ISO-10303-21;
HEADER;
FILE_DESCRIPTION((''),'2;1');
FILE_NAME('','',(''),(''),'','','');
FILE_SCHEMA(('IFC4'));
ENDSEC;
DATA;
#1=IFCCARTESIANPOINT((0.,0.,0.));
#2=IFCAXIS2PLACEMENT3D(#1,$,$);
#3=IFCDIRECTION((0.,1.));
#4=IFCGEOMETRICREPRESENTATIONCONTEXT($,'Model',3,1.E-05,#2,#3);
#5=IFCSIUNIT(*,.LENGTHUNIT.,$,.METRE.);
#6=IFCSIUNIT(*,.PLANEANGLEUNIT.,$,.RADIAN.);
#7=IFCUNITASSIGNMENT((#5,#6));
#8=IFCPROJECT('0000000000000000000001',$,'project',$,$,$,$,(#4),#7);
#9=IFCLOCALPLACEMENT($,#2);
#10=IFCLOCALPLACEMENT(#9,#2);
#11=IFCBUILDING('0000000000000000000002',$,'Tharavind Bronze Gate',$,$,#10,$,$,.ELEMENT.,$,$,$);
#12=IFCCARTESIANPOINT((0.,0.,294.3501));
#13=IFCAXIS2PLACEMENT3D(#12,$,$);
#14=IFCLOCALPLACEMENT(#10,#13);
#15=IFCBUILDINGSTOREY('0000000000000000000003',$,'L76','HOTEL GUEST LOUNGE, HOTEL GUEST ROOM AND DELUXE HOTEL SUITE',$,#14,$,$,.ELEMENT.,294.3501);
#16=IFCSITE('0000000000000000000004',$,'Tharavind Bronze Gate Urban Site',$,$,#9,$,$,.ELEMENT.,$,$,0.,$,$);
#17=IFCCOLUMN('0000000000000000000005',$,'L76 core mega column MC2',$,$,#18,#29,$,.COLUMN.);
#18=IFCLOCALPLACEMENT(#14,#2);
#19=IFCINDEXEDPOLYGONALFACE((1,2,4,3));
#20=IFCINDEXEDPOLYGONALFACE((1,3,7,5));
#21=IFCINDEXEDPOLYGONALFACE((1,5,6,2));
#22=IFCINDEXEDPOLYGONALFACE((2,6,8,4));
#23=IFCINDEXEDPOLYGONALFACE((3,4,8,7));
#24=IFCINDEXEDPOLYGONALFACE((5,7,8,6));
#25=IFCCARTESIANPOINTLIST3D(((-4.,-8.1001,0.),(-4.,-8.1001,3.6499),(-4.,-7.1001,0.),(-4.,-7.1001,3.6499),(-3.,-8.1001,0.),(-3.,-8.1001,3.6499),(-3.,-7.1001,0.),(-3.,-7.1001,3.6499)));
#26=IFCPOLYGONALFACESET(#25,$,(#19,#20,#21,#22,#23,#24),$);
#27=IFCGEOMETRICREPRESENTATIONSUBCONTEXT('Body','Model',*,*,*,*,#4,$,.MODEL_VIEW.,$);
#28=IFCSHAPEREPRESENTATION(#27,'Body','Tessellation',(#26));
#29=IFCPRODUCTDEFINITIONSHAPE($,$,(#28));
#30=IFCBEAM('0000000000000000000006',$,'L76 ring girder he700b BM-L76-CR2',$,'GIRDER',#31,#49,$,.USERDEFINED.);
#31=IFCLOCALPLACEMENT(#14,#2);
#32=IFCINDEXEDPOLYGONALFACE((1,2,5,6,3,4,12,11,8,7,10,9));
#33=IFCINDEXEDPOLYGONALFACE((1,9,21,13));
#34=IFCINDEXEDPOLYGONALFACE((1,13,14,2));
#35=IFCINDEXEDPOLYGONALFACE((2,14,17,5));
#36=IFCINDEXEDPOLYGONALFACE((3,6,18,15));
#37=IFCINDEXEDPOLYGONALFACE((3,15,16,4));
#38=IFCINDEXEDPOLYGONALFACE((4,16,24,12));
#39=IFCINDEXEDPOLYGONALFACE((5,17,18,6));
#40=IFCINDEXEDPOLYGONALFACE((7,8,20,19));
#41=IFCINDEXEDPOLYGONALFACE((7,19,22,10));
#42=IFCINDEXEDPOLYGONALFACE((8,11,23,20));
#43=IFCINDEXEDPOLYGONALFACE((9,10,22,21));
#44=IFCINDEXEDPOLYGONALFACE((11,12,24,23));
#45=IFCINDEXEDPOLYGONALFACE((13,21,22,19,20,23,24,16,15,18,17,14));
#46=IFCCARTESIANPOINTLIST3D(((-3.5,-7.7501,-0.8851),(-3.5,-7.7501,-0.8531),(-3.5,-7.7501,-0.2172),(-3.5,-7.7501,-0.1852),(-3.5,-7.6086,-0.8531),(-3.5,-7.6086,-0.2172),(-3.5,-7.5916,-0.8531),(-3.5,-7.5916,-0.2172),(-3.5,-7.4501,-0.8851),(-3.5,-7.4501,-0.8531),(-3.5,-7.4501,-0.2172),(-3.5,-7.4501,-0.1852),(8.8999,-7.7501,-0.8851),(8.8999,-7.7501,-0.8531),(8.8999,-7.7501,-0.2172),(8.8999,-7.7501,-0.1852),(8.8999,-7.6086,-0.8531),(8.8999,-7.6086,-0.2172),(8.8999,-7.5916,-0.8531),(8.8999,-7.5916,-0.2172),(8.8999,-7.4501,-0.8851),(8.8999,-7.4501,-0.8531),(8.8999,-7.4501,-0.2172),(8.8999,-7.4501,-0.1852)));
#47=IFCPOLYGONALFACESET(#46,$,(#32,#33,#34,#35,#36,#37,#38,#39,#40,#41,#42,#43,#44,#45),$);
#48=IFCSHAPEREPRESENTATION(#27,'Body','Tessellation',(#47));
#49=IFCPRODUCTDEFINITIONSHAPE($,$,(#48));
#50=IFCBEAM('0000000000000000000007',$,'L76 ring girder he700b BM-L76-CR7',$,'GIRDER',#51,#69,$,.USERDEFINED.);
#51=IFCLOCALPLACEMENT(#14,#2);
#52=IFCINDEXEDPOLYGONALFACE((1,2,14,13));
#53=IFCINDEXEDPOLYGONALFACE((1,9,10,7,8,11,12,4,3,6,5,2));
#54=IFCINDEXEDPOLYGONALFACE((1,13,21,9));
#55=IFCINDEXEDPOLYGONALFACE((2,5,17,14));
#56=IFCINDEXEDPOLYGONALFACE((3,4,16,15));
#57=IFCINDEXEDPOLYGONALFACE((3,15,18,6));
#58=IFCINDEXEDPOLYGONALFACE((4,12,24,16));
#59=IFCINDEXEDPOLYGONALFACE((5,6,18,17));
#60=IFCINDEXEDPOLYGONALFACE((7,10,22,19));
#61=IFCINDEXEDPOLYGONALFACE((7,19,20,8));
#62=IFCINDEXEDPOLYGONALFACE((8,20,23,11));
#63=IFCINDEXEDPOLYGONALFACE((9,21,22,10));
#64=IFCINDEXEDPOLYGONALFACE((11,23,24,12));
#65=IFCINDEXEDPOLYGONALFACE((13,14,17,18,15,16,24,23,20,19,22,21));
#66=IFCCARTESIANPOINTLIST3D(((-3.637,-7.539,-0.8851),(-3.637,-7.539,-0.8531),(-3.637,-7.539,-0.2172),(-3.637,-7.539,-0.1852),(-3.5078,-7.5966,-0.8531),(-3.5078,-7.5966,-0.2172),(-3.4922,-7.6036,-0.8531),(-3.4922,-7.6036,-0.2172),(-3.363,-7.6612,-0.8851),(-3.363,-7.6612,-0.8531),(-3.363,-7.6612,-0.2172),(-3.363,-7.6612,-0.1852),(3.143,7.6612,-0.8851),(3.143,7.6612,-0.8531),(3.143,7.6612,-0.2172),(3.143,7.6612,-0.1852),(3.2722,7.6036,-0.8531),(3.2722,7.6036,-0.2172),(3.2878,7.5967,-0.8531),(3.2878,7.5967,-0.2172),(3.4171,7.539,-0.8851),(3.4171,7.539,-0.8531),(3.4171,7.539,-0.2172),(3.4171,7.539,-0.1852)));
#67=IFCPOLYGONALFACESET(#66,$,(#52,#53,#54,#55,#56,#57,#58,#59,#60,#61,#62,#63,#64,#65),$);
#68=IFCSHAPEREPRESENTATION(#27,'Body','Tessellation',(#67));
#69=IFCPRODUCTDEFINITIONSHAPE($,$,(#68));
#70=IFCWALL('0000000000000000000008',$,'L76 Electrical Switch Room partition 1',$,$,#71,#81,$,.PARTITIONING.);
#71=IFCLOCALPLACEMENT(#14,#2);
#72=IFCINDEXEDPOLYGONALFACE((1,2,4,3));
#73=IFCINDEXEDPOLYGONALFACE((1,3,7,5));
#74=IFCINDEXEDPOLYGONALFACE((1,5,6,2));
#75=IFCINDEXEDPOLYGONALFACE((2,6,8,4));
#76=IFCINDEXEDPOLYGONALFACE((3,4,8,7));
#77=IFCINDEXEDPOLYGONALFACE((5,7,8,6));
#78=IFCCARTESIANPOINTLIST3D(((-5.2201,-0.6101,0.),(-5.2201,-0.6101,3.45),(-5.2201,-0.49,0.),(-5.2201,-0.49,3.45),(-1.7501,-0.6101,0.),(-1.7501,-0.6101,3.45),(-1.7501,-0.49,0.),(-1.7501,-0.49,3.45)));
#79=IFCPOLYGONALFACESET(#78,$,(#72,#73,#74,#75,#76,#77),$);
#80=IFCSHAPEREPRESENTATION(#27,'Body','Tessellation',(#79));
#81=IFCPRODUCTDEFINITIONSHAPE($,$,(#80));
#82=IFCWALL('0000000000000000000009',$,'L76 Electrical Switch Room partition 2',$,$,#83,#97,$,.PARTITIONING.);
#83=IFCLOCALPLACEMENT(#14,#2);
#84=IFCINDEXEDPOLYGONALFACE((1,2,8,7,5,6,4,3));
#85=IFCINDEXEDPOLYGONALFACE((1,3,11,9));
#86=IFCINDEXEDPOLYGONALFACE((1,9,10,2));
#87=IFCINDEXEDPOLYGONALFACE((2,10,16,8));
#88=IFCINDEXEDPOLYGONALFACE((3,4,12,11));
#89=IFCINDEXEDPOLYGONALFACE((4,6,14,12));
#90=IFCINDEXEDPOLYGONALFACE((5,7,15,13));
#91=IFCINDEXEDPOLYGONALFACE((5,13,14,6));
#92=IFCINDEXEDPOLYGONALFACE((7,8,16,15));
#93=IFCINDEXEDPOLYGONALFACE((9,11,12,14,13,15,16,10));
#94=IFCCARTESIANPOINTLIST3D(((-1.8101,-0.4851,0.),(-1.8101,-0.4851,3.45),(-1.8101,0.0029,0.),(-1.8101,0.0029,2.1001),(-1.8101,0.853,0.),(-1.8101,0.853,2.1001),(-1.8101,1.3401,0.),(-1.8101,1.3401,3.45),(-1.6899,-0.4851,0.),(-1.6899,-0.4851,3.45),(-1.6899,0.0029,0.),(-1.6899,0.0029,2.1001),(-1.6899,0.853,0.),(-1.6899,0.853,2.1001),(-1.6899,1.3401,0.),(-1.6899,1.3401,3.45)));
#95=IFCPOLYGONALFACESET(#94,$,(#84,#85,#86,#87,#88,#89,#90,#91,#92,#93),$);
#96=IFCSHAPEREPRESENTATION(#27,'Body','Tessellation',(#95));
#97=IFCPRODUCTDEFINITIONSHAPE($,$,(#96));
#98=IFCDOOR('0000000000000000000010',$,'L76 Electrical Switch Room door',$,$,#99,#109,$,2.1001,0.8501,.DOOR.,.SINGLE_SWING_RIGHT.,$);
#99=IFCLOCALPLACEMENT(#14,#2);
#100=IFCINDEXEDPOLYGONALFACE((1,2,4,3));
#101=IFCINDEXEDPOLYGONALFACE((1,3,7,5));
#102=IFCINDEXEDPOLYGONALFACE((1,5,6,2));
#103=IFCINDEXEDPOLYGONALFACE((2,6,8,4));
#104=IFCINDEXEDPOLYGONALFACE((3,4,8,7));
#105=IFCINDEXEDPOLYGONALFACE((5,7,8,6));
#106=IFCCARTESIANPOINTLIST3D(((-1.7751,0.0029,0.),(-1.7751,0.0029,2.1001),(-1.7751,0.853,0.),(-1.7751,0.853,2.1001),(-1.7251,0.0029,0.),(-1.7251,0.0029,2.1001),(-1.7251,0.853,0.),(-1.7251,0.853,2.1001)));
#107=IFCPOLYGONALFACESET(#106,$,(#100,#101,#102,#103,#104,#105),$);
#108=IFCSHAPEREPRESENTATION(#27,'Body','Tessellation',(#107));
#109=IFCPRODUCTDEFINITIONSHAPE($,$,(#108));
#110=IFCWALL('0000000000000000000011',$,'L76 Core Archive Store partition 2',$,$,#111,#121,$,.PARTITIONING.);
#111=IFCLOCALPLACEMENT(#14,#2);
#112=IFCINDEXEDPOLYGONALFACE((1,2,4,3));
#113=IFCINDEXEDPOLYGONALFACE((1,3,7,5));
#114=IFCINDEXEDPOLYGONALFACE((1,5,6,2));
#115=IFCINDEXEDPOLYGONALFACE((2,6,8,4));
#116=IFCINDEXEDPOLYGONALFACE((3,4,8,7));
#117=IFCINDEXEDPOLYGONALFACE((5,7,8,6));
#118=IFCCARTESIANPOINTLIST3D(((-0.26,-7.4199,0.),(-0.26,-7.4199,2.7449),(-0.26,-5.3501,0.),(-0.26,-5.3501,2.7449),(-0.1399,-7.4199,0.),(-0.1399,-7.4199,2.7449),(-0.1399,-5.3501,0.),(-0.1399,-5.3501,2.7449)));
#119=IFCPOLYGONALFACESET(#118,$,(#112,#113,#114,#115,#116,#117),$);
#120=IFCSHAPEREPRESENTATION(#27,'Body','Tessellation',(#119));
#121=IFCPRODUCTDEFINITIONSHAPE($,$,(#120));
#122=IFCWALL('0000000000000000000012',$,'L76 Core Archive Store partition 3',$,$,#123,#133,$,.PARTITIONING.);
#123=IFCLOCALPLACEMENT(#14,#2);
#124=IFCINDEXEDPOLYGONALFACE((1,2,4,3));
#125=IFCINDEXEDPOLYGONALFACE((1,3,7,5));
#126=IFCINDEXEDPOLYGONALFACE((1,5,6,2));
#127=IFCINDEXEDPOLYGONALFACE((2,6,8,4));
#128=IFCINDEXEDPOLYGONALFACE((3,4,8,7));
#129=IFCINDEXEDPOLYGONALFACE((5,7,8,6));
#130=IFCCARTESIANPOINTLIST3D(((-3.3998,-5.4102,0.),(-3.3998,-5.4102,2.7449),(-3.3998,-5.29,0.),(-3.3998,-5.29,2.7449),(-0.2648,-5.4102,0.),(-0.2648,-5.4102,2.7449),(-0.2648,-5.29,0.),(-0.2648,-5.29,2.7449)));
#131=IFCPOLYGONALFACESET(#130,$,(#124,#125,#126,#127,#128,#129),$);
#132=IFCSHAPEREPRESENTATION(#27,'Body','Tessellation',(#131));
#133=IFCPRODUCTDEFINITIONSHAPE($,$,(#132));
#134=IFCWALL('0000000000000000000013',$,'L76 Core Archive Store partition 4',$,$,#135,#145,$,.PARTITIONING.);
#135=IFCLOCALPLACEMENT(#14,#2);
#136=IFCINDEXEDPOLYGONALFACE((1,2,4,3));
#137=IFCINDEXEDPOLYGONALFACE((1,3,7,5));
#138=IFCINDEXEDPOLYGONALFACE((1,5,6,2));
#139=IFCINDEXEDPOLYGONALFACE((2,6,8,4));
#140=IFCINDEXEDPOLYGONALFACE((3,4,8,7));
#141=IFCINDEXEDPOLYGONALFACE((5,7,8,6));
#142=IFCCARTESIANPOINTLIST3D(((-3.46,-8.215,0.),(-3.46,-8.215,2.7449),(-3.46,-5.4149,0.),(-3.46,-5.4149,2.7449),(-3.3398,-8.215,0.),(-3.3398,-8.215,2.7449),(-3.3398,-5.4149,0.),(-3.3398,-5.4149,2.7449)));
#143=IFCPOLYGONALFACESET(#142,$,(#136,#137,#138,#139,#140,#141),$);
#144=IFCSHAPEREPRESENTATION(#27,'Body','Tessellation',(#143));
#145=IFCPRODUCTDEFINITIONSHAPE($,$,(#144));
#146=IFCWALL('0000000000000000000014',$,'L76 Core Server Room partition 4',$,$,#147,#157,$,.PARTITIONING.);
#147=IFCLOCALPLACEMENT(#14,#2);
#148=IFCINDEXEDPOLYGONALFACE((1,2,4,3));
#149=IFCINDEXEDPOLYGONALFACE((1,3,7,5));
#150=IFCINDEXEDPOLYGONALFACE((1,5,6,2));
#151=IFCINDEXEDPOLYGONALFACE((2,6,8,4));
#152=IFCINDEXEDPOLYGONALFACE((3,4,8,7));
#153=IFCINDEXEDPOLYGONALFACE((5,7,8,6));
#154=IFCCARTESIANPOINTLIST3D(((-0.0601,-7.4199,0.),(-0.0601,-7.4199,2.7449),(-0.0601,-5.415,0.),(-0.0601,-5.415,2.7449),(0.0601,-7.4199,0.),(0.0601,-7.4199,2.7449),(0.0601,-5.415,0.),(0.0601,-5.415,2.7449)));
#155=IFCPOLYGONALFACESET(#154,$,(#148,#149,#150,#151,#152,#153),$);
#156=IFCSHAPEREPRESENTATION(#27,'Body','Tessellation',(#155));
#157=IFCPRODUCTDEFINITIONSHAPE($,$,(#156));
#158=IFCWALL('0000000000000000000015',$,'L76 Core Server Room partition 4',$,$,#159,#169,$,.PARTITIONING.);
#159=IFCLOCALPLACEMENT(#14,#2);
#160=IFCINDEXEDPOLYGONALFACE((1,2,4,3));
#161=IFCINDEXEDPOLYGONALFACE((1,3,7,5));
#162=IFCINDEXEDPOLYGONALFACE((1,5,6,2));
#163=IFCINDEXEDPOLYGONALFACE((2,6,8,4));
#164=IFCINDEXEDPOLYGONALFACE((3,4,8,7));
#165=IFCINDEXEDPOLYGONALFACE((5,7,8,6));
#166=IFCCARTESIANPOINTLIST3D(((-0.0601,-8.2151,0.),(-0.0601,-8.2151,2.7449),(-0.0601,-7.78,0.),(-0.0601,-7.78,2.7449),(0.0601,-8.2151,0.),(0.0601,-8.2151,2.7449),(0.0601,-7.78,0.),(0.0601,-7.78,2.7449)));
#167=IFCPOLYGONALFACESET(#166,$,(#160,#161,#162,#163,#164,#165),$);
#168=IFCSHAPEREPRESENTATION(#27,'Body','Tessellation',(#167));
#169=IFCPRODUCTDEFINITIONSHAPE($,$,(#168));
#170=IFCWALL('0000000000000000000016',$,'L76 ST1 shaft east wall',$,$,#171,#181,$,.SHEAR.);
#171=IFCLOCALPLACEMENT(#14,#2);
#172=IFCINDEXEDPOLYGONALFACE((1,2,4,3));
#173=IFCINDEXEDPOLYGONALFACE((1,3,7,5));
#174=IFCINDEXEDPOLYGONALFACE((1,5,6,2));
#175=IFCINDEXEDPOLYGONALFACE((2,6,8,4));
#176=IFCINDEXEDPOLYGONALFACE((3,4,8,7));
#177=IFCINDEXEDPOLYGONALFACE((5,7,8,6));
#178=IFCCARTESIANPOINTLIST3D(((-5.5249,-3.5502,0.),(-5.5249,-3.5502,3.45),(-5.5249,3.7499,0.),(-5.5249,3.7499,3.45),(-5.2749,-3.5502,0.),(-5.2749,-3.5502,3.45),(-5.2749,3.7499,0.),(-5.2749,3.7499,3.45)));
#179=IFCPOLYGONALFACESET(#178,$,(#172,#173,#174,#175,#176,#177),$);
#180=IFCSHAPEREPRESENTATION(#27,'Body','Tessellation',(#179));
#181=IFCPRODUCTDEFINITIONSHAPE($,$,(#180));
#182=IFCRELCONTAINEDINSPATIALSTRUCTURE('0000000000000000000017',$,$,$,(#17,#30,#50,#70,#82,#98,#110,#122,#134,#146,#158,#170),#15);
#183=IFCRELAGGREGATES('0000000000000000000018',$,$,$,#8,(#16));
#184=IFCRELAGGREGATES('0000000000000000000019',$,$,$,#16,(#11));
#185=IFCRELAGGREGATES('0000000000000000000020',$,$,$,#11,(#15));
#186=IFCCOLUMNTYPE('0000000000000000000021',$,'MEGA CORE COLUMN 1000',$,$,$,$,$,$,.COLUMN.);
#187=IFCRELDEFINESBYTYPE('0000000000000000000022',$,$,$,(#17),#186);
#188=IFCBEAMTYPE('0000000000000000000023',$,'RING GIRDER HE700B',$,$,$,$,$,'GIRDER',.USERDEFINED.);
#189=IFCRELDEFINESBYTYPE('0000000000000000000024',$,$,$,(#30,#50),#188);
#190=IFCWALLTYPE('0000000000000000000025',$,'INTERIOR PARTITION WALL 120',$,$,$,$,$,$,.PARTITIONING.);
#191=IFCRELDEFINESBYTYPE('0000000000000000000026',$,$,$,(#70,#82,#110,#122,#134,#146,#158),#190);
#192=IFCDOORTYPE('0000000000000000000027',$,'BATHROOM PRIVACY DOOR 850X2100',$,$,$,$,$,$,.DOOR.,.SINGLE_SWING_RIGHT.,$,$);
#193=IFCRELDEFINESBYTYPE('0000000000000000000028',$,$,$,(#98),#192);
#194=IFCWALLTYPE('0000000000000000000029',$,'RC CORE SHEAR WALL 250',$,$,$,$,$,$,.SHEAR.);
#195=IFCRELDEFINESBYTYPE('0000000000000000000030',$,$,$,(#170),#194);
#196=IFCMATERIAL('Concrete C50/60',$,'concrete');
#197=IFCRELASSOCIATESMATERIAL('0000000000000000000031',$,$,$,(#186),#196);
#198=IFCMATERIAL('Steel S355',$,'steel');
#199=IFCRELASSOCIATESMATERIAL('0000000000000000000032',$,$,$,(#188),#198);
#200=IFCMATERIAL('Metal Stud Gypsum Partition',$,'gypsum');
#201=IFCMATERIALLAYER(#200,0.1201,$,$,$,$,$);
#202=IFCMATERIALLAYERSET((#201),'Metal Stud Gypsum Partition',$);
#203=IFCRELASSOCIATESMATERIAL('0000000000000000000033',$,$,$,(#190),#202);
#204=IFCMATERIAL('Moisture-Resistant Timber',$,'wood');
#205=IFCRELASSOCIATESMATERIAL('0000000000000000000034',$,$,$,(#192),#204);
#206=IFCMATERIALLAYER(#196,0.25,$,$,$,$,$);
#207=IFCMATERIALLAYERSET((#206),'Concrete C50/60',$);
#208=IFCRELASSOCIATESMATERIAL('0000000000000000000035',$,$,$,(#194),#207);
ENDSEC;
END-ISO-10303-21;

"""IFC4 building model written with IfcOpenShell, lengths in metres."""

from ifc_helpers import new_model, si_unit, direction, frame, frame_2d, origin, origin_2d, place, context, subcontext, project, spatial, rectangle, i_section, extrude, material, layer, layer_set, material_profile, profile_set, type_object, element, fill, save


model = new_model("IFC4")

# Units and contexts
model_context = context("Model", 3, precision=1e-05, world=origin(), true_north=direction((0.0, 1.0)))
body_context = subcontext(model_context, "Body", "Model", "MODEL_VIEW")
ifc_project = project(units=[si_unit("LENGTHUNIT", "METRE"), si_unit("PLANEANGLEUNIT", "RADIAN")], contexts=[model_context])

# Site, building, storey
site_placement = place(None, origin())
site = spatial("IfcSite", under=ifc_project, at=site_placement, Name="Tharavind Bronze Gate Urban Site", CompositionType="ELEMENT", RefElevation=0.0)
building_placement = place(site_placement, origin())
building = spatial("IfcBuilding", under=site, at=building_placement, Name="Tharavind Bronze Gate", CompositionType="ELEMENT")
storey_placement = place(building_placement, frame((0.0, 0.0, 294.3501)))
storey = spatial("IfcBuildingStorey", under=building, at=storey_placement, Name="L76", Description="HOTEL GUEST LOUNGE, HOTEL GUEST ROOM AND DELUXE HOTEL SUITE", CompositionType="ELEMENT", Elevation=294.3501)

# Column
ifc_material_1 = material(Name="Concrete C50/60", Category="concrete")
ifc_material_profile_1 = material_profile(ifc_material_1, rectangle(XDim=1.0, YDim=1.0, at=origin_2d()), Name="RCCOL1000")
ifc_profile_set_1 = profile_set([ifc_material_profile_1], Name="Concrete C50/60")
column_type = type_object("IfcColumnType", Name="MEGA CORE COLUMN 1000", PredefinedType="COLUMN", material=ifc_profile_set_1)
column_placement = place(storey_placement, frame((-3.5, -7.6001, 0.0), z_axis=(0.0, 0.0, 1.0), x_axis=(1.0, 0.0, 0.0)))
element("IfcColumn", 1, at=column_placement, inside=storey, type_object=column_type, Name="L76 core mega column MC2", PredefinedType="COLUMN", context=body_context, shape_type="SweptSolid", body=[
    extrude(rectangle(XDim=1.0, YDim=1.0, at=origin_2d()), origin(), (0.0, 0.0, 1.0), 3.6499),
])

# Beams
ifc_material_2 = material(Name="Steel S355", Category="steel")
ifc_material_profile_2 = material_profile(ifc_material_2, i_section(OverallWidth=0.3, OverallDepth=0.7, WebThickness=0.0171, FlangeThickness=0.032, at=origin_2d()), Name="HE700B")
ifc_profile_set_2 = profile_set([ifc_material_profile_2], Name="Steel S355")
beam_type = type_object("IfcBeamType", Name="RING GIRDER HE700B", ElementType="GIRDER", PredefinedType="USERDEFINED", material=ifc_profile_set_2)
beam_1_placement = place(storey_placement, frame((-3.5, -7.6001, -0.5352), z_axis=(1.0, 0.0, 0.0), x_axis=(0.0, 1.0, 0.0)))
element("IfcBeam", 2, at=beam_1_placement, inside=storey, type_object=beam_type, Name="L76 ring girder he700b BM-L76-CR2", ObjectType="GIRDER", PredefinedType="USERDEFINED", context=body_context, shape_type="SweptSolid", body=[
    extrude(i_section(OverallWidth=0.3, OverallDepth=0.7, WebThickness=0.0171, FlangeThickness=0.032, at=origin_2d()), origin(), (0.0, 0.0, 1.0), 12.3999),
])
beam_2_placement = place(storey_placement, frame((-3.5, -7.6001, -0.5352), z_axis=(0.407362, 0.913267, 0.0), x_axis=(-0.913267, 0.407362, 0.0)))
element("IfcBeam", 3, at=beam_2_placement, inside=storey, type_object=beam_type, Name="L76 ring girder he700b BM-L76-CR7", ObjectType="GIRDER", PredefinedType="USERDEFINED", context=body_context, shape_type="SweptSolid", body=[
    extrude(i_section(OverallWidth=0.3, OverallDepth=0.7, WebThickness=0.0171, FlangeThickness=0.032, at=origin_2d()), origin(), (0.0, 0.0, 1.0), 16.6438),
])

# Wall
ifc_material_3 = material(Name="Metal Stud Gypsum Partition", Category="gypsum")
ifc_layer_1 = layer(ifc_material_3, 0.1201)
ifc_layer_set_1 = layer_set([ifc_layer_1], Name="Metal Stud Gypsum Partition")
wall_type_1 = type_object("IfcWallType", Name="INTERIOR PARTITION WALL 120", PredefinedType="PARTITIONING", material=ifc_layer_set_1)
wall_1_placement = place(storey_placement, frame((-5.22, -0.55, 0.0), z_axis=(0.0, 0.0, 1.0), x_axis=(1.0, 0.0, 0.0)))
element("IfcWall", 4, at=wall_1_placement, inside=storey, type_object=wall_type_1, Name="L76 Electrical Switch Room partition 1", PredefinedType="PARTITIONING", context=body_context, shape_type="SweptSolid", body=[
    extrude(rectangle(XDim=3.47, YDim=0.1201, at=frame_2d((1.7349, 0.0))), origin(), (0.0, 0.0, 1.0), 3.45),
])

# Wall, opening, door
wall_2_placement = place(storey_placement, frame((-1.75, -0.4851, 0.0), z_axis=(0.0, 0.0, 1.0), x_axis=(0.0, 1.0, 0.0)))
wall_2 = element("IfcWall", 5, at=wall_2_placement, inside=storey, type_object=wall_type_1, Name="L76 Electrical Switch Room partition 2", PredefinedType="PARTITIONING", context=body_context, shape_type="SweptSolid", body=[
    extrude(rectangle(XDim=1.8252, YDim=0.1201, at=frame_2d((0.9126, 0.0))), origin(), (0.0, 0.0, 1.0), 3.45),
])
opening_1_placement = place(wall_2_placement, frame((0.488, 0.0, 0.0)))
opening_1 = element("IfcOpeningElement", 6, at=opening_1_placement, cuts=wall_2, PredefinedType="OPENING", context=body_context, shape_type="SweptSolid", body=[
    extrude(rectangle(XDim=0.8501, YDim=2.1001, at=frame_2d((0.425, 1.05))), frame((0.0, 0.0701, 0.0), z_axis=(0.0, -1.0, 0.0), x_axis=(1.0, 0.0, 0.0)), (0.0, 0.0, 1.0), 0.1401),
])
ifc_material_4 = material(Name="Moisture-Resistant Timber", Category="wood")
door_type_1 = type_object("IfcDoorType", Name="BATHROOM PRIVACY DOOR 850X2100", OperationType="SINGLE_SWING_RIGHT", PredefinedType="DOOR", material=ifc_material_4)
door_1_placement = place(opening_1_placement, frame((0.8501, 0.0, 0.0), z_axis=(0.0, 0.0, 1.0), x_axis=(-1.0, 0.0, 0.0)))
door_1 = element("IfcDoor", 7, at=door_1_placement, inside=storey, type_object=door_type_1, Name="L76 Electrical Switch Room door", OperationType="SINGLE_SWING_RIGHT", OverallHeight=2.1001, OverallWidth=0.8501, PredefinedType="DOOR", context=body_context, shape_type="SweptSolid", body=[
    extrude(rectangle(XDim=0.8501, YDim=2.1001, at=frame_2d((0.425, 1.05))), frame((0.0, 0.0249, 0.0), z_axis=(0.0, -1.0, 0.0), x_axis=(1.0, 0.0, 0.0)), (0.0, 0.0, 1.0), 0.05),
])
fill(opening_1, door_1)

# Walls
wall_3_placement = place(storey_placement, frame((-0.2, -7.4199, 0.0), z_axis=(0.0, 0.0, 1.0), x_axis=(0.0, 1.0, 0.0)))
element("IfcWall", 8, at=wall_3_placement, inside=storey, type_object=wall_type_1, Name="L76 Core Archive Store partition 2", PredefinedType="PARTITIONING", context=body_context, shape_type="SweptSolid", body=[
    extrude(rectangle(XDim=2.0698, YDim=0.1201, at=frame_2d((1.0349, 0.0))), origin(), (0.0, 0.0, 1.0), 2.7449),
])
wall_4_placement = place(storey_placement, frame((-0.2649, -5.3501, 0.0), z_axis=(0.0, 0.0, 1.0), x_axis=(-1.0, 0.0, 0.0)))
element("IfcWall", 9, at=wall_4_placement, inside=storey, type_object=wall_type_1, Name="L76 Core Archive Store partition 3", PredefinedType="PARTITIONING", context=body_context, shape_type="SweptSolid", body=[
    extrude(rectangle(XDim=3.135, YDim=0.1201, at=frame_2d((1.5674, 0.0))), origin(), (0.0, 0.0, 1.0), 2.7449),
])
wall_5_placement = place(storey_placement, frame((-3.3999, -5.415, 0.0), z_axis=(0.0, 0.0, 1.0), x_axis=(0.0, -1.0, 0.0)))
element("IfcWall", 10, at=wall_5_placement, inside=storey, type_object=wall_type_1, Name="L76 Core Archive Store partition 4", PredefinedType="PARTITIONING", context=body_context, shape_type="SweptSolid", body=[
    extrude(rectangle(XDim=2.8, YDim=0.1201, at=frame_2d((1.3999, 0.0))), origin(), (0.0, 0.0, 1.0), 2.7449),
])
wall_6_placement = place(storey_placement, frame((0.0, -5.415, 0.0), z_axis=(0.0, 0.0, 1.0), x_axis=(0.0, -1.0, 0.0)))
element("IfcWall", 11, at=wall_6_placement, inside=storey, type_object=wall_type_1, Name="L76 Core Server Room partition 4", PredefinedType="PARTITIONING", context=body_context, shape_type="SweptSolid", body=[
    extrude(rectangle(XDim=2.0049, YDim=0.1201, at=frame_2d((1.0024, 0.0))), origin(), (0.0, 0.0, 1.0), 2.7449),
])
wall_7_placement = place(storey_placement, frame((0.0, -7.78, 0.0), z_axis=(0.0, 0.0, 1.0), x_axis=(0.0, -1.0, 0.0)))
element("IfcWall", 12, at=wall_7_placement, inside=storey, type_object=wall_type_1, Name="L76 Core Server Room partition 4", PredefinedType="PARTITIONING", context=body_context, shape_type="SweptSolid", body=[
    extrude(rectangle(XDim=0.4351, YDim=0.1201, at=frame_2d((0.2175, 0.0))), origin(), (0.0, 0.0, 1.0), 2.7449),
])
ifc_layer_2 = layer(ifc_material_1, 0.25)
ifc_layer_set_2 = layer_set([ifc_layer_2], Name="Concrete C50/60")
wall_type_2 = type_object("IfcWallType", Name="RC CORE SHEAR WALL 250", PredefinedType="SHEAR", material=ifc_layer_set_2)
wall_8_placement = place(storey_placement, frame((-5.3999, -3.55, 0.0), z_axis=(0.0, 0.0, 1.0), x_axis=(0.0, 1.0, 0.0)))
element("IfcWall", 13, at=wall_8_placement, inside=storey, type_object=wall_type_2, Name="L76 ST1 shaft east wall", PredefinedType="SHEAR", context=body_context, shape_type="SweptSolid", body=[
    extrude(rectangle(XDim=7.3, YDim=0.25, at=frame_2d((3.6499, 0.0))), origin(), (0.0, 0.0, 1.0), 3.45),
])

save(model, "model.ifc")
